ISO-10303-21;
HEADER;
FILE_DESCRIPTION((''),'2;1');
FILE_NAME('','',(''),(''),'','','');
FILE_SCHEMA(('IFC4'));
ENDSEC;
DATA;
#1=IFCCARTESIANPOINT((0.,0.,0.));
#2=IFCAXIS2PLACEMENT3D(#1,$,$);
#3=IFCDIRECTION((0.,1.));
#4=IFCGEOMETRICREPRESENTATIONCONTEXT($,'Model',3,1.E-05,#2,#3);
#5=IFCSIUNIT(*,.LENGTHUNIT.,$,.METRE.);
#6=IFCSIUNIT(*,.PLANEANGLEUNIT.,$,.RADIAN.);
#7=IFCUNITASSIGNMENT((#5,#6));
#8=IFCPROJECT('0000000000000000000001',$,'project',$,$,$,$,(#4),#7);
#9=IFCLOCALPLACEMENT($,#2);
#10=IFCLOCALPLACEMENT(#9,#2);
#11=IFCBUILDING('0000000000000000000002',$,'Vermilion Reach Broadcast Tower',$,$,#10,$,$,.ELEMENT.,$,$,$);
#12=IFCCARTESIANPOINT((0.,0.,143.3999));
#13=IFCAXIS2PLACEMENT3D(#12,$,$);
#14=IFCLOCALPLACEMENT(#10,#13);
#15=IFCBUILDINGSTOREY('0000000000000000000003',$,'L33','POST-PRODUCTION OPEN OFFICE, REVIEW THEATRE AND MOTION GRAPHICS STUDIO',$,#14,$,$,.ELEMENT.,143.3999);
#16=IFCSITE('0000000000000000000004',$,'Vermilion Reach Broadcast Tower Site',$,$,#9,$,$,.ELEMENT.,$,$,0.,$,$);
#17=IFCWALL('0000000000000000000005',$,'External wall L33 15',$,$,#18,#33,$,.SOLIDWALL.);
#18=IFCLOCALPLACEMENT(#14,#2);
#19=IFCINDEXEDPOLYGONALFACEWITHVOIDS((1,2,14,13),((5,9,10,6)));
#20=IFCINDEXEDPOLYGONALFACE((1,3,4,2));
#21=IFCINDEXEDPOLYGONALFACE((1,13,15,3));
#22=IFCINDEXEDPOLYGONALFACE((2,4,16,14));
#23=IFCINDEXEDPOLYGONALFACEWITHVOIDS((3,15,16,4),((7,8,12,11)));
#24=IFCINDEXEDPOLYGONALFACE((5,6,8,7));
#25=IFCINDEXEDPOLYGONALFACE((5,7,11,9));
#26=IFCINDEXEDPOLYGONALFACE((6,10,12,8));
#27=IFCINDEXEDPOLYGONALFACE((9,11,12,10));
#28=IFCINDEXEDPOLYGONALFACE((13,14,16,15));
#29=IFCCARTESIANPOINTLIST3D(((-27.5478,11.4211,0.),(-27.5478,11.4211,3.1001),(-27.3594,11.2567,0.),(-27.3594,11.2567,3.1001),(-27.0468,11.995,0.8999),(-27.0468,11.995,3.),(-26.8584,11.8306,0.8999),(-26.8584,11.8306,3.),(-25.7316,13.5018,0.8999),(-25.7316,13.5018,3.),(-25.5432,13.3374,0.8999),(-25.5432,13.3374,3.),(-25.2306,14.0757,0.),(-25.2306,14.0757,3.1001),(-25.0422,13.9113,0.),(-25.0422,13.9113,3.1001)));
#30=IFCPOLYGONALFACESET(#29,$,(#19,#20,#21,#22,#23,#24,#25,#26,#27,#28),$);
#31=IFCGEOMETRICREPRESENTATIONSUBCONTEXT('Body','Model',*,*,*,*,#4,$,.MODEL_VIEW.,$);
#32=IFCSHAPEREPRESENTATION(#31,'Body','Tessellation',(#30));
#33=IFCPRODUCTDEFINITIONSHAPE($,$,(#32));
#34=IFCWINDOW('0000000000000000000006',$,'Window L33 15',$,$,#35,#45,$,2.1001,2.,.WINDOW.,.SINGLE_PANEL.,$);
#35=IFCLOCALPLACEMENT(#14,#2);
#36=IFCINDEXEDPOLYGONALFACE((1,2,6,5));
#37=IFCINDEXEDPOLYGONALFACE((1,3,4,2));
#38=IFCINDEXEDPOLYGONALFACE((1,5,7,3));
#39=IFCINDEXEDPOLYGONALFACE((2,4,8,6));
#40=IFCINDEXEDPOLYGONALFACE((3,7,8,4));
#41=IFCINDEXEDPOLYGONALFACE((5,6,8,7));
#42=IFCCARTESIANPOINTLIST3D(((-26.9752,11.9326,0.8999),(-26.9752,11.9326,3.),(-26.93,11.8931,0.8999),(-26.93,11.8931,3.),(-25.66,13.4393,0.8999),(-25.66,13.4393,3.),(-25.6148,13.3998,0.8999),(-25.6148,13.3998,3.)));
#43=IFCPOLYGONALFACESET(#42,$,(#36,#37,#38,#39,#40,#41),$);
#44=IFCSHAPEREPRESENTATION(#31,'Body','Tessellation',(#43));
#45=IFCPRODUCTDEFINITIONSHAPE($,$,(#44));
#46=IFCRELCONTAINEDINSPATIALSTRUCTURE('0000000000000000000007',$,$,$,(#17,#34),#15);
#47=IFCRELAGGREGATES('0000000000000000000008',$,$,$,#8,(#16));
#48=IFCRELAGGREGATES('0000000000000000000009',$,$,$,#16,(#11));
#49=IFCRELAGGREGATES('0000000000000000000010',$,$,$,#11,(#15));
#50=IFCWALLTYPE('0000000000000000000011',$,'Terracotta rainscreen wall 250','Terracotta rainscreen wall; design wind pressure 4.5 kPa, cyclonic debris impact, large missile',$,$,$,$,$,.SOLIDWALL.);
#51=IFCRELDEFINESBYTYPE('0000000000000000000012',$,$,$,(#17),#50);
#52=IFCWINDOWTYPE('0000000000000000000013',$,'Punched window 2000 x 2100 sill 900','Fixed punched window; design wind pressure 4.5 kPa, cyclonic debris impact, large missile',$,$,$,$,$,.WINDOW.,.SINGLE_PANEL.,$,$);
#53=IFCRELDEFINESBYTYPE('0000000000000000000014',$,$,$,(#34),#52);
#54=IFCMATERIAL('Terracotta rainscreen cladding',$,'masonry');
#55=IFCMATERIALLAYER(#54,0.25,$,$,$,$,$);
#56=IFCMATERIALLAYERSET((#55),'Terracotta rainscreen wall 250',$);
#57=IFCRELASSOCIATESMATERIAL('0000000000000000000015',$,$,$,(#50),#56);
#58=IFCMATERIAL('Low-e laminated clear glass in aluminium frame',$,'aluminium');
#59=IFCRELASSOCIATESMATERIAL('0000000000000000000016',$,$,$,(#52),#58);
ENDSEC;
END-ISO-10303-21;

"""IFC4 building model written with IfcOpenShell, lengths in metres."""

from ifc_helpers import new_model, si_unit, direction, frame, frame_2d, origin, place, context, subcontext, project, spatial, rectangle, extrude, material, layer, layer_set, type_object, element, fill, save


model = new_model("IFC4")

# Units and contexts
model_context = context("Model", 3, precision=1e-05, world=origin(), true_north=direction((0.0, 1.0)))
body_context = subcontext(model_context, "Body", "Model", "MODEL_VIEW")
ifc_project = project(units=[si_unit("LENGTHUNIT", "METRE"), si_unit("PLANEANGLEUNIT", "RADIAN")], contexts=[model_context])

# Site, building, storey
site_placement = place(None, origin())
site = spatial("IfcSite", under=ifc_project, at=site_placement, Name="Vermilion Reach Broadcast Tower Site", CompositionType="ELEMENT", RefElevation=0.0)
building_placement = place(site_placement, origin())
building = spatial("IfcBuilding", under=site, at=building_placement, Name="Vermilion Reach Broadcast Tower", CompositionType="ELEMENT")
storey_placement = place(building_placement, frame((0.0, 0.0, 143.3999)))
storey = spatial("IfcBuildingStorey", under=building, at=storey_placement, Name="L33", Description="POST-PRODUCTION OPEN OFFICE, REVIEW THEATRE AND MOTION GRAPHICS STUDIO", CompositionType="ELEMENT", Elevation=143.3999)

# Shared definitions
ifc_material_1 = material(Name="Terracotta rainscreen cladding", Category="masonry")
ifc_layer_1 = layer(ifc_material_1, 0.25)
ifc_layer_set_1 = layer_set([ifc_layer_1], Name="Terracotta rainscreen wall 250")
wall_type_1 = type_object("IfcWallType", Name="Terracotta rainscreen wall 250", Description="Terracotta rainscreen wall; design wind pressure 4.5 kPa, cyclonic debris impact, large missile", PredefinedType="SOLIDWALL", material=ifc_layer_set_1)

# Wall, opening, window
wall_1_placement = place(storey_placement, frame((-25.1365, 13.9934, 0.0), z_axis=(0.0, 0.0, 1.0), x_axis=(-0.657606, -0.753362, 0.0)))
wall_1 = element("IfcWall", 1, at=wall_1_placement, inside=storey, type_object=wall_type_1, Name="External wall L33 15", PredefinedType="SOLIDWALL", context=body_context, shape_type="SweptSolid", body=[
    extrude(rectangle(XDim=3.5237, YDim=0.25, at=frame_2d((1.7617, 0.0))), origin(), (0.0, 0.0, 1.0), 3.1001),
])
opening_1_placement = place(wall_1_placement, frame((0.7617, 0.0, 0.8999)))
opening_1 = element("IfcOpeningElement", 2, at=opening_1_placement, cuts=wall_1, PredefinedType="OPENING", context=body_context, shape_type="SweptSolid", body=[
    extrude(rectangle(XDim=2.0, YDim=2.1001, at=frame_2d((1.0, 1.05))), frame((0.0, 0.135, 0.0), z_axis=(0.0, -1.0, 0.0), x_axis=(1.0, 0.0, 0.0)), (0.0, 0.0, 1.0), 0.27),
])
ifc_material_2 = material(Name="Low-e laminated clear glass in aluminium frame", Category="aluminium")
window_type = type_object("IfcWindowType", Name="Punched window 2000 x 2100 sill 900", Description="Fixed punched window; design wind pressure 4.5 kPa, cyclonic debris impact, large missile", PartitioningType="SINGLE_PANEL", PredefinedType="WINDOW", material=ifc_material_2)
window_placement = place(opening_1_placement, origin())
window = element("IfcWindow", 3, at=window_placement, inside=storey, type_object=window_type, Name="Window L33 15", OverallHeight=2.1001, OverallWidth=2.0, PartitioningType="SINGLE_PANEL", PredefinedType="WINDOW", context=body_context, shape_type="SweptSolid", body=[
    extrude(rectangle(XDim=2.0, YDim=2.1001, at=frame_2d((1.0, 1.05))), frame((0.0, 0.03, 0.0), z_axis=(0.0, -1.0, 0.0), x_axis=(1.0, 0.0, 0.0)), (0.0, 0.0, 1.0), 0.0601),
])
fill(opening_1, window)

save(model, "model.ifc")
